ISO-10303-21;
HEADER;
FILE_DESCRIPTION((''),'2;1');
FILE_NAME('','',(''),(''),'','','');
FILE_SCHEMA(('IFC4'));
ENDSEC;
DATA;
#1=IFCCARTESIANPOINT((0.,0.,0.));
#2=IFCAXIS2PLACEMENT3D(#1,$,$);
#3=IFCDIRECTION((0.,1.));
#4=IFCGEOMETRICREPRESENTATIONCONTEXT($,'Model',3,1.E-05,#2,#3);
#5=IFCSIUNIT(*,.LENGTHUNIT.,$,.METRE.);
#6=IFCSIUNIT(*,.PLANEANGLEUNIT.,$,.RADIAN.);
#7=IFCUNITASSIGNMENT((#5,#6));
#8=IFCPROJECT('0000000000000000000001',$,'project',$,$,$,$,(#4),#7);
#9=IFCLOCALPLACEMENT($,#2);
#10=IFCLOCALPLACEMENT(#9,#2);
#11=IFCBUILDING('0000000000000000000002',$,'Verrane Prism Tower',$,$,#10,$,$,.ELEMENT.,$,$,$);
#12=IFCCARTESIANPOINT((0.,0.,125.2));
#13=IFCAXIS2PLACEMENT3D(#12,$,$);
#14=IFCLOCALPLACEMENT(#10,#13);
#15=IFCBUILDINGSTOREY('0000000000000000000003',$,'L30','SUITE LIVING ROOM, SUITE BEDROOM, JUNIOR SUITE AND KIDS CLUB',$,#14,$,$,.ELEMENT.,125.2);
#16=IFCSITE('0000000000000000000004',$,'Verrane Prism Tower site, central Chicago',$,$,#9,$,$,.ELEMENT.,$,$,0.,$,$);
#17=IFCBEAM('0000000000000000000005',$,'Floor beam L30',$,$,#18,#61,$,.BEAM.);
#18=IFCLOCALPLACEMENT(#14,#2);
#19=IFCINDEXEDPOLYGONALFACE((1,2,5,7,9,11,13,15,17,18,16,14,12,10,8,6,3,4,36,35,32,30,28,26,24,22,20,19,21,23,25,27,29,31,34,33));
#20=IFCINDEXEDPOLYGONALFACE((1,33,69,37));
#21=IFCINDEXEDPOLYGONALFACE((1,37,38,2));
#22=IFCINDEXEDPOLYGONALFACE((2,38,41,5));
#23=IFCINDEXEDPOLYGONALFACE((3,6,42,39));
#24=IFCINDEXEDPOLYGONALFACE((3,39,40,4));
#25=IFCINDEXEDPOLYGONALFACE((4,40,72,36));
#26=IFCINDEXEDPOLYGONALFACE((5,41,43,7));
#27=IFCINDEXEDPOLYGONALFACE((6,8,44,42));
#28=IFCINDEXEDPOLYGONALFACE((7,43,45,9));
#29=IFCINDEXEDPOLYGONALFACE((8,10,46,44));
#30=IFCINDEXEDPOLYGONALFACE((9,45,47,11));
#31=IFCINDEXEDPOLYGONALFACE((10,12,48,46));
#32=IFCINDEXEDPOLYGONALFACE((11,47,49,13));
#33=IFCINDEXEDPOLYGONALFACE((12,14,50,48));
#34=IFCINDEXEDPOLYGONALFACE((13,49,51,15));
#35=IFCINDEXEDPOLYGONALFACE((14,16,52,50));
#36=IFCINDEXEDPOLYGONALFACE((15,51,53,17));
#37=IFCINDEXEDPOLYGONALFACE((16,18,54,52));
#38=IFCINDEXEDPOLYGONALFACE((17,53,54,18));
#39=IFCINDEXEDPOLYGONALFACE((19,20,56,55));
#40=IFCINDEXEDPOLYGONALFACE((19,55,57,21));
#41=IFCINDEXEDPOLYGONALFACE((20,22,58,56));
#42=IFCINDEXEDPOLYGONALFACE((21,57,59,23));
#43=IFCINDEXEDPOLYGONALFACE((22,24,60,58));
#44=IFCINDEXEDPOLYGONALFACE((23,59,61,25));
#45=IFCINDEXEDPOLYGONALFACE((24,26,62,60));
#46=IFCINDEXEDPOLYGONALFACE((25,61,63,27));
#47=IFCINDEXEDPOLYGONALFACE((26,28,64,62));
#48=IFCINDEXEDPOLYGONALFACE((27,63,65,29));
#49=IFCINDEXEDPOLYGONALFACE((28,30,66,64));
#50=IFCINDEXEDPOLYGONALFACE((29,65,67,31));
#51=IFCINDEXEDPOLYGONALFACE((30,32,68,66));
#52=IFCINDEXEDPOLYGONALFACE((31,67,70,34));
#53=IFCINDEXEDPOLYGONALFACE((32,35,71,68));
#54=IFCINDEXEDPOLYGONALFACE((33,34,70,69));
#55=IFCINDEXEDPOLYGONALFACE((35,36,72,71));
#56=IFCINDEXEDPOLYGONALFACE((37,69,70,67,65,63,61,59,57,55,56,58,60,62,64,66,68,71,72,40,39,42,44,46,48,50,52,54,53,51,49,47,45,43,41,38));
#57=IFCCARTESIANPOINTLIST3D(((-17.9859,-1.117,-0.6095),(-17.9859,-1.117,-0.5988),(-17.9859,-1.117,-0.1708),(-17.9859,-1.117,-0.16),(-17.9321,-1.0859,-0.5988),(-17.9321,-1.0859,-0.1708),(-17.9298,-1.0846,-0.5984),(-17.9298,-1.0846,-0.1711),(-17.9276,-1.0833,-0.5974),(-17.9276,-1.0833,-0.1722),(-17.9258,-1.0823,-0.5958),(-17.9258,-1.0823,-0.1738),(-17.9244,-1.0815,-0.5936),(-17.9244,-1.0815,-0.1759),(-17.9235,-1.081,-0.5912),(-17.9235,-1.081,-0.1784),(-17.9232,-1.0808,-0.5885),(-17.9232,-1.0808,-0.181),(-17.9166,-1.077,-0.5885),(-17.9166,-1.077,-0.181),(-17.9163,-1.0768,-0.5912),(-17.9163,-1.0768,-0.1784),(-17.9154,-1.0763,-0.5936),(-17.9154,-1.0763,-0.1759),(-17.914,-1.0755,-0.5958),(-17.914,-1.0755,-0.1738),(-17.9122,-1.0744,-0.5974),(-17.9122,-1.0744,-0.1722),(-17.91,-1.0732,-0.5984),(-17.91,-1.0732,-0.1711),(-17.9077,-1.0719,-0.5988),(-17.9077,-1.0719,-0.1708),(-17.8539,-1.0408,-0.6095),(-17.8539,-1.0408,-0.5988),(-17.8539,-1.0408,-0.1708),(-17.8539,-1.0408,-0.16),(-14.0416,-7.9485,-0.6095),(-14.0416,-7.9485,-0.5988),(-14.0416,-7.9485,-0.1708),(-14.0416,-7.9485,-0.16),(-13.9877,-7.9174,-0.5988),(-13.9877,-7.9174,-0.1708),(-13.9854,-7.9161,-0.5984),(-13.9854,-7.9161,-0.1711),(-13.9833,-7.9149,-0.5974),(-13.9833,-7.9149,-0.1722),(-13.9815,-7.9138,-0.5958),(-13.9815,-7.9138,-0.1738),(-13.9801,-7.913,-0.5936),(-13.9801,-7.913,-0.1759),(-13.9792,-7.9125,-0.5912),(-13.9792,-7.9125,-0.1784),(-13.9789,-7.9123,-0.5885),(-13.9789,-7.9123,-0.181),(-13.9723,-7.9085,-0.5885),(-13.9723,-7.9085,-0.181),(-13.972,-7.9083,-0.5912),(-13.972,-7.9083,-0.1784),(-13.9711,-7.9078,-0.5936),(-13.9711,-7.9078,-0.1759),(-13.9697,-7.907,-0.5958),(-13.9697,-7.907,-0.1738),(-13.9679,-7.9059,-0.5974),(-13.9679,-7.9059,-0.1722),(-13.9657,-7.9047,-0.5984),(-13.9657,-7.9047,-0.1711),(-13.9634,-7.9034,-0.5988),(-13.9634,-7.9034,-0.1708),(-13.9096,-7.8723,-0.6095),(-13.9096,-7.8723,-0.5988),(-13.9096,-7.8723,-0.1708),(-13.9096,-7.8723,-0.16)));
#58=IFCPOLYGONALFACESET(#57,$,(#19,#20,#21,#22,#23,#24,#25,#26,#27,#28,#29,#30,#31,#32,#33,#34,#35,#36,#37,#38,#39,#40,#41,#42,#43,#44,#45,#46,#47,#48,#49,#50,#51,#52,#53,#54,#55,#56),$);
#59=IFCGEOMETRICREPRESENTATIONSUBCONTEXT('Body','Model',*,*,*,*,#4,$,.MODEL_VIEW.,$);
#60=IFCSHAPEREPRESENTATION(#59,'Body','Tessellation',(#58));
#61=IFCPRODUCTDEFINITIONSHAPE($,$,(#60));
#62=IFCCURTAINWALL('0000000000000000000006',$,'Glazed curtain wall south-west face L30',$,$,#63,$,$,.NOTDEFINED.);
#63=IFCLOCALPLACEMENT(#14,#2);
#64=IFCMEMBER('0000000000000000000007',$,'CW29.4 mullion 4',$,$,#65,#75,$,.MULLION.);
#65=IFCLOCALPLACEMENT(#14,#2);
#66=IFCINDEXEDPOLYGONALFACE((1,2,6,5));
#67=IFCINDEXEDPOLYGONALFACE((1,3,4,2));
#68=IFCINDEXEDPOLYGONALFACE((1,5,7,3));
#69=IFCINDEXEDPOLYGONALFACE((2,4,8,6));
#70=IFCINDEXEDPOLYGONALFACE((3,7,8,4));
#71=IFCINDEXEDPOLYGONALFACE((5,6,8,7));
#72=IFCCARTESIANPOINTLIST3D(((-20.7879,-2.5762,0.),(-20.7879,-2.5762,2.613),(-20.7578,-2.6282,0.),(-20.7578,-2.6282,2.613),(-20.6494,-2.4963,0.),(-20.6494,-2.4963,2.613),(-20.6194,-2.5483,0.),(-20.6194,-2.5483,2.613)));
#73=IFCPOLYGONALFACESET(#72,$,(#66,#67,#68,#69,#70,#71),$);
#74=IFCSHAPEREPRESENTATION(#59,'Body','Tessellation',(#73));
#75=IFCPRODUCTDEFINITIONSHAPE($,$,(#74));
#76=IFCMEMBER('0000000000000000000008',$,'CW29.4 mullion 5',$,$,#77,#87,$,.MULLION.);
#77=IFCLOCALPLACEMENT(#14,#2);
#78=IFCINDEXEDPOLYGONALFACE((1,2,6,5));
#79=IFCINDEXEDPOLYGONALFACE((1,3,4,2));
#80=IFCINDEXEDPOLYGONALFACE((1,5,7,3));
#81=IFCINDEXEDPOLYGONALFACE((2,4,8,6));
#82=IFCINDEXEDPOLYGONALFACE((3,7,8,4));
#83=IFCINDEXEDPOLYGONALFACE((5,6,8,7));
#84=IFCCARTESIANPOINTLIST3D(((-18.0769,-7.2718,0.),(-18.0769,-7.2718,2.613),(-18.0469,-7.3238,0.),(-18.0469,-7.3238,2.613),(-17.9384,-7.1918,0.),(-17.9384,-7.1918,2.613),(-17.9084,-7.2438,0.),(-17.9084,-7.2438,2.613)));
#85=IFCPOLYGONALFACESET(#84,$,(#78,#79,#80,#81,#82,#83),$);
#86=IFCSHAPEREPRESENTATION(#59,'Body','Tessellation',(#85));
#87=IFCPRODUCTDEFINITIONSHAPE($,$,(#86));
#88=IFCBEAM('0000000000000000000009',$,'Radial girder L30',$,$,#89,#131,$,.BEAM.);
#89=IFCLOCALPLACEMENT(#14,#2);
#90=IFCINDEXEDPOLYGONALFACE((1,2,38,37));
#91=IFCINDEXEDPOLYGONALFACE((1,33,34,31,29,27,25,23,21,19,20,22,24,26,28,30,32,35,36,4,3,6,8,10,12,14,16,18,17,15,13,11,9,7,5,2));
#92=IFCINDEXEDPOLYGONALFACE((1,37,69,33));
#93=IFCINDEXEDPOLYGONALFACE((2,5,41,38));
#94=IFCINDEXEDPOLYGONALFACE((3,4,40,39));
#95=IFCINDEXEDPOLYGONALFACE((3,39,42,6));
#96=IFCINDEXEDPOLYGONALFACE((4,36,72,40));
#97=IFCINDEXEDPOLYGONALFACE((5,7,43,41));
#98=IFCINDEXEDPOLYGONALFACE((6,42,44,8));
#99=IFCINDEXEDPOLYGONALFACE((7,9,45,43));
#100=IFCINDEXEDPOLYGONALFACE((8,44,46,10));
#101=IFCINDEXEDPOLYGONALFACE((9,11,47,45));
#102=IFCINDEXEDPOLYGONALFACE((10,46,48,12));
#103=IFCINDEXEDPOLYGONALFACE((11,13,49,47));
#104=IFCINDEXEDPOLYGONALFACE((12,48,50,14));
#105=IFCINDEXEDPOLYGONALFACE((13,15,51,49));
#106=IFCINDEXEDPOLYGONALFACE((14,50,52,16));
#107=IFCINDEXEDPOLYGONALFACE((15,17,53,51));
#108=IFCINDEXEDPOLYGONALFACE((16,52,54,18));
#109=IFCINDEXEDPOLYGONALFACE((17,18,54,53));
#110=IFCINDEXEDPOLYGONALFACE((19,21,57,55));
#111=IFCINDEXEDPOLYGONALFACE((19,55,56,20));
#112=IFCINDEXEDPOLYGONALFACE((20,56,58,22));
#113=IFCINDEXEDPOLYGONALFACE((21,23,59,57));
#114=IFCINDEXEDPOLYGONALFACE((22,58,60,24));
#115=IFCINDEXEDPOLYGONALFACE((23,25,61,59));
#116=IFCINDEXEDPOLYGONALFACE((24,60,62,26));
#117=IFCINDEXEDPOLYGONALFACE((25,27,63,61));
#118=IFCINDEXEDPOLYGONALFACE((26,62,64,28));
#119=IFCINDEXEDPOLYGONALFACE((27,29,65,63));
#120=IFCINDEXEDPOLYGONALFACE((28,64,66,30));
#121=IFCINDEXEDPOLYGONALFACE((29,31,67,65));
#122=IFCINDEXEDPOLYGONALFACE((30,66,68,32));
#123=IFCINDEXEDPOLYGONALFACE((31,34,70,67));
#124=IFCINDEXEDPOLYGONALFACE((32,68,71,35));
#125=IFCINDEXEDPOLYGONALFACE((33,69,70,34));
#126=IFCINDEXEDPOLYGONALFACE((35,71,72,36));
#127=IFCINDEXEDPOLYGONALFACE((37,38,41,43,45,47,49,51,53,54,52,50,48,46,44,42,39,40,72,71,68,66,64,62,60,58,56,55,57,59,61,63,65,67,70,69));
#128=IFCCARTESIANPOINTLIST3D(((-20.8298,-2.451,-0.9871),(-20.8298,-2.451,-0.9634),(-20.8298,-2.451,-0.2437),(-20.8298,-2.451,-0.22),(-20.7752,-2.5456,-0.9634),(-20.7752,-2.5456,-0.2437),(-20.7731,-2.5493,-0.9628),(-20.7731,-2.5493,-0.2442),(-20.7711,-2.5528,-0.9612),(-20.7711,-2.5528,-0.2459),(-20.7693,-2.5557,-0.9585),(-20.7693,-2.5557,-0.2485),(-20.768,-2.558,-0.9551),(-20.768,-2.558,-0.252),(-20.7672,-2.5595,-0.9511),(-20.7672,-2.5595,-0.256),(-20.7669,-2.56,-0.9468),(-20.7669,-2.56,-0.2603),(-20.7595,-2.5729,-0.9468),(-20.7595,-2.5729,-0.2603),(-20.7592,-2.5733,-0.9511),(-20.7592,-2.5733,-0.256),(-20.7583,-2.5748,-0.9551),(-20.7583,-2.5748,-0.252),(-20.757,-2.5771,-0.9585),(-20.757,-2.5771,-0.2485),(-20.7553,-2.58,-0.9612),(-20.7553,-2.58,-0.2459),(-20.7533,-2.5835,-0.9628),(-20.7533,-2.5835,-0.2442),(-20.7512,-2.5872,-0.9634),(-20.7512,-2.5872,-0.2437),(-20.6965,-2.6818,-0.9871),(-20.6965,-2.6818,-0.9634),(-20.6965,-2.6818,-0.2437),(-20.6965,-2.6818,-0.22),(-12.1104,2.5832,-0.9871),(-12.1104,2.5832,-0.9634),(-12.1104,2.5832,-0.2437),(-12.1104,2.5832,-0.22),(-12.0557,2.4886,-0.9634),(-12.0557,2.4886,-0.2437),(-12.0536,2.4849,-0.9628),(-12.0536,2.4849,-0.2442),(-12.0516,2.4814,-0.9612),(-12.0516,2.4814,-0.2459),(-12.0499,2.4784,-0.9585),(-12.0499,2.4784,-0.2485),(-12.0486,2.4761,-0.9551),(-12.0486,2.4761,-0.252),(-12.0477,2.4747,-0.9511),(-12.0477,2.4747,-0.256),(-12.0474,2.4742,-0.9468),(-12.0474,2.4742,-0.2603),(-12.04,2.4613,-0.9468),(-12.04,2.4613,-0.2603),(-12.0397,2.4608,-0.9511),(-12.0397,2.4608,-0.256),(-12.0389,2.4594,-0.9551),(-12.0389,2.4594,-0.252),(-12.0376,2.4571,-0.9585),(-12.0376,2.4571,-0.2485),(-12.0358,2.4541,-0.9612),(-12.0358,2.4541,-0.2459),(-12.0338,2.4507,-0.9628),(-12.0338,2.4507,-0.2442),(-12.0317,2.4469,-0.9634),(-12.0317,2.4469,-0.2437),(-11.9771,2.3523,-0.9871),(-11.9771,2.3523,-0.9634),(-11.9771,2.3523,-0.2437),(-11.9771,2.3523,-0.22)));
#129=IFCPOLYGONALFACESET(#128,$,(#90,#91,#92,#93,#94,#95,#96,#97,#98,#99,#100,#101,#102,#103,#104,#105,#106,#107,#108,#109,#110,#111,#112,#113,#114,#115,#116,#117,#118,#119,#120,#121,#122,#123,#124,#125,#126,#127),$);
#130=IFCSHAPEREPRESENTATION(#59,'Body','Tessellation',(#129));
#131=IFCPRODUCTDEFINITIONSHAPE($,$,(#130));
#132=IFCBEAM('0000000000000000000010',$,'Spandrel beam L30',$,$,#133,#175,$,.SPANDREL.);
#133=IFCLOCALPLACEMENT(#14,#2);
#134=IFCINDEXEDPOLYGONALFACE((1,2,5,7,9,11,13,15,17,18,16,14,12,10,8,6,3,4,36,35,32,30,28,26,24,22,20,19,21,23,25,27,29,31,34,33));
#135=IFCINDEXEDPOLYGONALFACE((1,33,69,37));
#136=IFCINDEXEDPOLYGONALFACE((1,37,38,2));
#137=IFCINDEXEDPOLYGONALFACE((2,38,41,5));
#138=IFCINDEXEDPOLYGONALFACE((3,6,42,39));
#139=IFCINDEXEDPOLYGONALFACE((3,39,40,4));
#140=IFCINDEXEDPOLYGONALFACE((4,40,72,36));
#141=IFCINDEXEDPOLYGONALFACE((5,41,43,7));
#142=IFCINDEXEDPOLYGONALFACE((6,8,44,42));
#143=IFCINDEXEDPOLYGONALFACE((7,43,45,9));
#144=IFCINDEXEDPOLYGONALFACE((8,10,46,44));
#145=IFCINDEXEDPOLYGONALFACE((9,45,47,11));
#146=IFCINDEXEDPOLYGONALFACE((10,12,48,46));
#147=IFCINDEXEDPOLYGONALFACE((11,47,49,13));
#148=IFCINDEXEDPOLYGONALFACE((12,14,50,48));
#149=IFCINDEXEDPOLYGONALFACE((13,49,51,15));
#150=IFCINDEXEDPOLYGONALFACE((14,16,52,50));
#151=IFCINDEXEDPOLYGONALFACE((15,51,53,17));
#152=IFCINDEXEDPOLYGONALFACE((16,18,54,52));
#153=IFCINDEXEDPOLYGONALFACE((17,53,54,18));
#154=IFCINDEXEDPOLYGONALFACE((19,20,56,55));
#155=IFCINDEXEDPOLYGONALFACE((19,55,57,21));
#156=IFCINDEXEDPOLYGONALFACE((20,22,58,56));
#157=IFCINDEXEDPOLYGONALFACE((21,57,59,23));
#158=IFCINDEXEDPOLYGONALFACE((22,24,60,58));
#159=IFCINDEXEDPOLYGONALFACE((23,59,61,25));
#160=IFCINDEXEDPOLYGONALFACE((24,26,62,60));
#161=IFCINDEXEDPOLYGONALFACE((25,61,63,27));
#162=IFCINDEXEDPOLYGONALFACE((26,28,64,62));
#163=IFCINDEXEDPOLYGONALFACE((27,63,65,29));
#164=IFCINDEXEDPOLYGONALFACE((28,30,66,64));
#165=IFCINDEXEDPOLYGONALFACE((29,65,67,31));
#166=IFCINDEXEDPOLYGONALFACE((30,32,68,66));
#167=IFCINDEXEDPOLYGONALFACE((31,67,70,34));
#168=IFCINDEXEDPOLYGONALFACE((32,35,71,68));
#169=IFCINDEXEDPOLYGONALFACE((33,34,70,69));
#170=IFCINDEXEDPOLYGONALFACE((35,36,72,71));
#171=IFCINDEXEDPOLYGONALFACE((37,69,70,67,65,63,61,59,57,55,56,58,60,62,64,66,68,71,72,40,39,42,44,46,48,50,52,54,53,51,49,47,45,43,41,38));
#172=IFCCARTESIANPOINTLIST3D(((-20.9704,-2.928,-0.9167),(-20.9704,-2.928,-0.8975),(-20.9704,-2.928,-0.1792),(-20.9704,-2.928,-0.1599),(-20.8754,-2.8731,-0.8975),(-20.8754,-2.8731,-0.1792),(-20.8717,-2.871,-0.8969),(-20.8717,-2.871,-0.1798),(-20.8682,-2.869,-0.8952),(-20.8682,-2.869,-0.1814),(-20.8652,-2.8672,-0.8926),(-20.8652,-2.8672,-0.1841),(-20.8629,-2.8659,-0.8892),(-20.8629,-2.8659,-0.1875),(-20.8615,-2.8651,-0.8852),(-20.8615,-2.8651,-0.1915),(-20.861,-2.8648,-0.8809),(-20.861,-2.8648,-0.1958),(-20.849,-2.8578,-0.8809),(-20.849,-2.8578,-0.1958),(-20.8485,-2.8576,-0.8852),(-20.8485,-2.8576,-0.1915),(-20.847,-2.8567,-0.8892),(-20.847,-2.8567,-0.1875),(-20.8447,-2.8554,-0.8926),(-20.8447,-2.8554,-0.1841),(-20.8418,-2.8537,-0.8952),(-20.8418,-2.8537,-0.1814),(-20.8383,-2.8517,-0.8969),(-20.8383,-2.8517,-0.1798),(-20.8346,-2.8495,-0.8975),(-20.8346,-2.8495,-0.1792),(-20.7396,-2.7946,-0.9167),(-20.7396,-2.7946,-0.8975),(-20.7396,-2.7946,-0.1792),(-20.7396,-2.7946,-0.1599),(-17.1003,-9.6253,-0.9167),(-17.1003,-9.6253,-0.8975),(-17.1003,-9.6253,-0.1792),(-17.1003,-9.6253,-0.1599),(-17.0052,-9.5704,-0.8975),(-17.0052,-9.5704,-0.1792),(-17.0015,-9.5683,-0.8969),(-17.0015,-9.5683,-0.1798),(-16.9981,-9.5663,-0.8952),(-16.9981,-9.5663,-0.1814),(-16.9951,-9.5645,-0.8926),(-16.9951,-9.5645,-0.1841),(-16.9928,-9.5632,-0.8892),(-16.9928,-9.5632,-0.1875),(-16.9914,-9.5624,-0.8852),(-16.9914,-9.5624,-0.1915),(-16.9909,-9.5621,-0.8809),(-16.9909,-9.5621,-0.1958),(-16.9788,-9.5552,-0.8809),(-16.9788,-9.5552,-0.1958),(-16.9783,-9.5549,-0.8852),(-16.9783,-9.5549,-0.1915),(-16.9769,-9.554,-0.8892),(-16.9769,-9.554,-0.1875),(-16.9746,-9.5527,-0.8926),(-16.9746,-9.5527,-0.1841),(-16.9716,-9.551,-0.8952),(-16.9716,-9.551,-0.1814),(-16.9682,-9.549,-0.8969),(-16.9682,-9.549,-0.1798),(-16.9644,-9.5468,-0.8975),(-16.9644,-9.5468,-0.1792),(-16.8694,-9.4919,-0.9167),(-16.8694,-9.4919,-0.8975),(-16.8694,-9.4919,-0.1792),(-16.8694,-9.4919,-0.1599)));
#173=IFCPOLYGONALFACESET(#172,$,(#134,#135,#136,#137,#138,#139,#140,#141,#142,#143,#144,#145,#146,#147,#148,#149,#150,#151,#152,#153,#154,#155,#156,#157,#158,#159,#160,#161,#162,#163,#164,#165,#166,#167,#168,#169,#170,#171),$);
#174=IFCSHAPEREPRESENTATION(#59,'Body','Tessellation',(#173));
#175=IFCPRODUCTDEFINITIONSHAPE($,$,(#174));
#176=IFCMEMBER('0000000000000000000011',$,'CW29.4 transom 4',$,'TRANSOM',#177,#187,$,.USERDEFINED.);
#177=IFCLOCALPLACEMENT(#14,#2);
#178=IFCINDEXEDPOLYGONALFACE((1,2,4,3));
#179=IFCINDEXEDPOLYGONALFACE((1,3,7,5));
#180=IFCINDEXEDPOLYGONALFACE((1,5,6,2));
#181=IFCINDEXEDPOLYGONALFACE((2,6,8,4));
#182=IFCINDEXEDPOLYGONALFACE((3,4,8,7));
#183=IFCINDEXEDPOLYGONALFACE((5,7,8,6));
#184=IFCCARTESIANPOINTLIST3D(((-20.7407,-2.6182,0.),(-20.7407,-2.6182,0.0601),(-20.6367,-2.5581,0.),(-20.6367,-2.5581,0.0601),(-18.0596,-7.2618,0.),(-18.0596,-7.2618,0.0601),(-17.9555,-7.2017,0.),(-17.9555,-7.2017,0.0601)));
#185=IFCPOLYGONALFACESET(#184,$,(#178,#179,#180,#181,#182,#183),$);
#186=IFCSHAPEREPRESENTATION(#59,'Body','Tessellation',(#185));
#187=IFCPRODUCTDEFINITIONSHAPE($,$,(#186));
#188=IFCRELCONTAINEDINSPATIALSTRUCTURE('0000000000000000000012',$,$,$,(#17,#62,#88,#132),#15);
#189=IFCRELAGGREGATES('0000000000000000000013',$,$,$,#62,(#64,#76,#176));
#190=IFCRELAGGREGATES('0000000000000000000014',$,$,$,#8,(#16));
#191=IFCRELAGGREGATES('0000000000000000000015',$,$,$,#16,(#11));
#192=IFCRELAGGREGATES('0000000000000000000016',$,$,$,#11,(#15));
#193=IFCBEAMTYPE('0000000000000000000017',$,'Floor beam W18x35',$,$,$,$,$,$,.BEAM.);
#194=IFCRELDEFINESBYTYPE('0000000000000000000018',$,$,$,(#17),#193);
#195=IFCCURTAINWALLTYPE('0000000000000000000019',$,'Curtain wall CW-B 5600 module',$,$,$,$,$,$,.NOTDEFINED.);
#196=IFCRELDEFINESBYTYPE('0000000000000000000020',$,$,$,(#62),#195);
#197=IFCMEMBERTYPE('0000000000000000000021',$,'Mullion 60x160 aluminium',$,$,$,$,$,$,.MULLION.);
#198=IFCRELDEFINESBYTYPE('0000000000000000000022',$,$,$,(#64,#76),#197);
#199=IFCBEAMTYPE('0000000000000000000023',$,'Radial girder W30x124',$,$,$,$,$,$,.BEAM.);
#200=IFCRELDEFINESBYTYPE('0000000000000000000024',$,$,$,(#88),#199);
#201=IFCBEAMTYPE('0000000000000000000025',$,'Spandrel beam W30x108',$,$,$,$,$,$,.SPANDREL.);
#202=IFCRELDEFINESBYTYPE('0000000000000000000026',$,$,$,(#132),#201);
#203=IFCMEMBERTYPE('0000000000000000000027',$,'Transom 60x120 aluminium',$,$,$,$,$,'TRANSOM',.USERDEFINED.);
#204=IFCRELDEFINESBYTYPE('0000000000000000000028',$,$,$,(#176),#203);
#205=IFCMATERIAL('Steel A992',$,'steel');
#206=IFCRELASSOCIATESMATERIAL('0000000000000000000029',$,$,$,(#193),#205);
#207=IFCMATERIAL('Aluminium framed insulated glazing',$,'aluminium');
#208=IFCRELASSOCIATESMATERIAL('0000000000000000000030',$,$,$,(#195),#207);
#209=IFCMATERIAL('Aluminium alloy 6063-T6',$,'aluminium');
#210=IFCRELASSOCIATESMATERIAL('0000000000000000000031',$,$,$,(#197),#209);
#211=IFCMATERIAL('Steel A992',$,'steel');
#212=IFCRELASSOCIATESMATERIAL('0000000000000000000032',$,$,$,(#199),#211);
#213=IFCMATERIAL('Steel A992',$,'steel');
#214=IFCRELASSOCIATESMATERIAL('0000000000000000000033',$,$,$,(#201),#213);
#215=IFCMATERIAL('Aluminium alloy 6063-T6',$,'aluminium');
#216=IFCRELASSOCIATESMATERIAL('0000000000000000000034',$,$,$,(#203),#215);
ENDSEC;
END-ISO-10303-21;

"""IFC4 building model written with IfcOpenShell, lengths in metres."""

from ifc_helpers import new_model, si_unit, direction, frame, origin, origin_2d, place, context, subcontext, project, spatial, rectangle, i_section, extrude, material, material_profile, profile_set, type_object, element, aggregate, save


model = new_model("IFC4")

# Units and contexts
model_context = context("Model", 3, precision=1e-05, world=origin(), true_north=direction((0.0, 1.0)))
body_context = subcontext(model_context, "Body", "Model", "MODEL_VIEW")
ifc_project = project(units=[si_unit("LENGTHUNIT", "METRE"), si_unit("PLANEANGLEUNIT", "RADIAN")], contexts=[model_context])

# Site, building, storey
site_placement = place(None, origin())
site = spatial("IfcSite", under=ifc_project, at=site_placement, Name="Verrane Prism Tower site, central Chicago", CompositionType="ELEMENT", RefElevation=0.0)
building_placement = place(site_placement, origin())
building = spatial("IfcBuilding", under=site, at=building_placement, Name="Verrane Prism Tower", CompositionType="ELEMENT")
storey_placement = place(building_placement, frame((0.0, 0.0, 125.2)))
storey = spatial("IfcBuildingStorey", under=building, at=storey_placement, Name="L30", Description="SUITE LIVING ROOM, SUITE BEDROOM, JUNIOR SUITE AND KIDS CLUB", CompositionType="ELEMENT", Elevation=125.2)

# Beam
ifc_material_1 = material(Name="Steel A992", Category="steel")
ifc_material_profile_1 = material_profile(ifc_material_1, i_section(OverallWidth=0.1523, OverallDepth=0.4495, WebThickness=0.0076, FlangeThickness=0.0107, FilletRadius=0.0103, at=origin_2d()), Name="W18x35")
ifc_profile_set_1 = profile_set([ifc_material_profile_1], Name="Steel A992")
beam_type_1 = type_object("IfcBeamType", Name="Floor beam W18x35", PredefinedType="BEAM", material=ifc_profile_set_1)
beam_1_placement = place(storey_placement, frame((-13.9756, -7.9104, -0.3848), z_axis=(-0.500014, 0.866018, 0.0), x_axis=(-0.866018, -0.500014, 0.0)))
element("IfcBeam", 1, at=beam_1_placement, inside=storey, type_object=beam_type_1, Name="Floor beam L30", PredefinedType="BEAM", context=body_context, shape_type="SweptSolid", body=[
    extrude(i_section(OverallWidth=0.1523, OverallDepth=0.4495, WebThickness=0.0076, FlangeThickness=0.0107, FilletRadius=0.0103, at=origin_2d()), origin(), (0.0, 0.0, 1.0), 7.8884),
])

# Curtain wall, members
ifc_material_2 = material(Name="Aluminium framed insulated glazing", Category="aluminium")
curtain_wall_type = type_object("IfcCurtainWallType", Name="Curtain wall CW-B 5600 module", PredefinedType="NOTDEFINED", material=ifc_material_2)
curtain_wall_placement = place(storey_placement, origin())
curtain_wall = element("IfcCurtainWall", 2, at=curtain_wall_placement, inside=storey, type_object=curtain_wall_type, Name="Glazed curtain wall south-west face L30", PredefinedType="NOTDEFINED")
ifc_material_3 = material(Name="Aluminium alloy 6063-T6", Category="aluminium")
ifc_material_profile_2 = material_profile(ifc_material_3, rectangle(XDim=0.1599, YDim=0.0601, at=origin_2d()), Name="Mullion 60x160 aluminium")
ifc_profile_set_2 = profile_set([ifc_material_profile_2], Name="Aluminium alloy 6063-T6")
member_type_1 = type_object("IfcMemberType", Name="Mullion 60x160 aluminium", PredefinedType="MULLION", material=ifc_profile_set_2)
member_1_placement = place(storey_placement, frame((-20.7036, -2.5623, 0.0), z_axis=(0.0, 0.0, 1.0), x_axis=(0.866025, 0.5, 0.0)))
member_1 = element("IfcMember", 3, at=member_1_placement, type_object=member_type_1, Name="CW29.4 mullion 4", PredefinedType="MULLION", context=body_context, shape_type="SweptSolid", body=[
    extrude(rectangle(XDim=0.1599, YDim=0.0601, at=origin_2d()), origin(), (0.0, 0.0, 1.0), 2.613),
])
member_2_placement = place(storey_placement, frame((-17.9927, -7.2578, 0.0), z_axis=(0.0, 0.0, 1.0), x_axis=(0.866025, 0.5, 0.0)))
member_2 = element("IfcMember", 4, at=member_2_placement, type_object=member_type_1, Name="CW29.4 mullion 5", PredefinedType="MULLION", context=body_context, shape_type="SweptSolid", body=[
    extrude(rectangle(XDim=0.1599, YDim=0.0601, at=origin_2d()), origin(), (0.0, 0.0, 1.0), 2.613),
])

# Beams
ifc_material_4 = material(Name="Steel A992", Category="steel")
ifc_material_profile_3 = material_profile(ifc_material_4, i_section(OverallWidth=0.2666, OverallDepth=0.7671, WebThickness=0.0149, FlangeThickness=0.0237, FilletRadius=0.0166, at=origin_2d()), Name="W30x124")
ifc_profile_set_3 = profile_set([ifc_material_profile_3], Name="Steel A992")
beam_type_2 = type_object("IfcBeamType", Name="Radial girder W30x124", PredefinedType="BEAM", material=ifc_profile_set_3)
beam_2_placement = place(storey_placement, frame((-20.7632, -2.5664, -0.6035), z_axis=(0.866026, 0.499999, 0.0), x_axis=(-0.499999, 0.866026, 0.0)))
element("IfcBeam", 5, at=beam_2_placement, inside=storey, type_object=beam_type_2, Name="Radial girder L30", PredefinedType="BEAM", context=body_context, shape_type="SweptSolid", body=[
    extrude(i_section(OverallWidth=0.2666, OverallDepth=0.7671, WebThickness=0.0149, FlangeThickness=0.0237, FilletRadius=0.0166, at=origin_2d()), origin(), (0.0, 0.0, 1.0), 10.0684),
])
ifc_material_5 = material(Name="Steel A992", Category="steel")
ifc_material_profile_4 = material_profile(ifc_material_5, i_section(OverallWidth=0.2666, OverallDepth=0.7568, WebThickness=0.0139, FlangeThickness=0.0193, FilletRadius=0.0166, at=origin_2d()), Name="W30x108")
ifc_profile_set_4 = profile_set([ifc_material_profile_4], Name="Steel A992")
beam_type_3 = type_object("IfcBeamType", Name="Spandrel beam W30x108", PredefinedType="SPANDREL", material=ifc_profile_set_4)
beam_3_placement = place(storey_placement, frame((-20.855, -2.8613, -0.5383), z_axis=(0.500334, -0.865832, 0.0), x_axis=(0.865832, 0.500334, 0.0)))
element("IfcBeam", 6, at=beam_3_placement, inside=storey, type_object=beam_type_3, Name="Spandrel beam L30", PredefinedType="SPANDREL", context=body_context, shape_type="SweptSolid", body=[
    extrude(i_section(OverallWidth=0.2666, OverallDepth=0.7568, WebThickness=0.0139, FlangeThickness=0.0193, FilletRadius=0.0166, at=origin_2d()), origin(), (0.0, 0.0, 1.0), 7.7351),
])

# Member
ifc_material_6 = material(Name="Aluminium alloy 6063-T6", Category="aluminium")
ifc_material_profile_5 = material_profile(ifc_material_6, rectangle(XDim=0.1201, YDim=0.0601, at=origin_2d()), Name="Transom 60x120 aluminium")
ifc_profile_set_5 = profile_set([ifc_material_profile_5], Name="Aluminium alloy 6063-T6")
member_type_2 = type_object("IfcMemberType", Name="Transom 60x120 aluminium", ElementType="TRANSOM", PredefinedType="USERDEFINED", material=ifc_profile_set_5)
member_3_placement = place(storey_placement, frame((-20.6887, -2.5881, 0.03), z_axis=(0.500027, -0.86601, 0.0), x_axis=(0.86601, 0.500027, 0.0)))
member_3 = element("IfcMember", 7, at=member_3_placement, type_object=member_type_2, Name="CW29.4 transom 4", ObjectType="TRANSOM", PredefinedType="USERDEFINED", context=body_context, shape_type="SweptSolid", body=[
    extrude(rectangle(XDim=0.1201, YDim=0.0601, at=origin_2d()), origin(), (0.0, 0.0, 1.0), 5.3621),
])

aggregate(curtain_wall, [member_1, member_2, member_3])

save(model, "model.ifc")
